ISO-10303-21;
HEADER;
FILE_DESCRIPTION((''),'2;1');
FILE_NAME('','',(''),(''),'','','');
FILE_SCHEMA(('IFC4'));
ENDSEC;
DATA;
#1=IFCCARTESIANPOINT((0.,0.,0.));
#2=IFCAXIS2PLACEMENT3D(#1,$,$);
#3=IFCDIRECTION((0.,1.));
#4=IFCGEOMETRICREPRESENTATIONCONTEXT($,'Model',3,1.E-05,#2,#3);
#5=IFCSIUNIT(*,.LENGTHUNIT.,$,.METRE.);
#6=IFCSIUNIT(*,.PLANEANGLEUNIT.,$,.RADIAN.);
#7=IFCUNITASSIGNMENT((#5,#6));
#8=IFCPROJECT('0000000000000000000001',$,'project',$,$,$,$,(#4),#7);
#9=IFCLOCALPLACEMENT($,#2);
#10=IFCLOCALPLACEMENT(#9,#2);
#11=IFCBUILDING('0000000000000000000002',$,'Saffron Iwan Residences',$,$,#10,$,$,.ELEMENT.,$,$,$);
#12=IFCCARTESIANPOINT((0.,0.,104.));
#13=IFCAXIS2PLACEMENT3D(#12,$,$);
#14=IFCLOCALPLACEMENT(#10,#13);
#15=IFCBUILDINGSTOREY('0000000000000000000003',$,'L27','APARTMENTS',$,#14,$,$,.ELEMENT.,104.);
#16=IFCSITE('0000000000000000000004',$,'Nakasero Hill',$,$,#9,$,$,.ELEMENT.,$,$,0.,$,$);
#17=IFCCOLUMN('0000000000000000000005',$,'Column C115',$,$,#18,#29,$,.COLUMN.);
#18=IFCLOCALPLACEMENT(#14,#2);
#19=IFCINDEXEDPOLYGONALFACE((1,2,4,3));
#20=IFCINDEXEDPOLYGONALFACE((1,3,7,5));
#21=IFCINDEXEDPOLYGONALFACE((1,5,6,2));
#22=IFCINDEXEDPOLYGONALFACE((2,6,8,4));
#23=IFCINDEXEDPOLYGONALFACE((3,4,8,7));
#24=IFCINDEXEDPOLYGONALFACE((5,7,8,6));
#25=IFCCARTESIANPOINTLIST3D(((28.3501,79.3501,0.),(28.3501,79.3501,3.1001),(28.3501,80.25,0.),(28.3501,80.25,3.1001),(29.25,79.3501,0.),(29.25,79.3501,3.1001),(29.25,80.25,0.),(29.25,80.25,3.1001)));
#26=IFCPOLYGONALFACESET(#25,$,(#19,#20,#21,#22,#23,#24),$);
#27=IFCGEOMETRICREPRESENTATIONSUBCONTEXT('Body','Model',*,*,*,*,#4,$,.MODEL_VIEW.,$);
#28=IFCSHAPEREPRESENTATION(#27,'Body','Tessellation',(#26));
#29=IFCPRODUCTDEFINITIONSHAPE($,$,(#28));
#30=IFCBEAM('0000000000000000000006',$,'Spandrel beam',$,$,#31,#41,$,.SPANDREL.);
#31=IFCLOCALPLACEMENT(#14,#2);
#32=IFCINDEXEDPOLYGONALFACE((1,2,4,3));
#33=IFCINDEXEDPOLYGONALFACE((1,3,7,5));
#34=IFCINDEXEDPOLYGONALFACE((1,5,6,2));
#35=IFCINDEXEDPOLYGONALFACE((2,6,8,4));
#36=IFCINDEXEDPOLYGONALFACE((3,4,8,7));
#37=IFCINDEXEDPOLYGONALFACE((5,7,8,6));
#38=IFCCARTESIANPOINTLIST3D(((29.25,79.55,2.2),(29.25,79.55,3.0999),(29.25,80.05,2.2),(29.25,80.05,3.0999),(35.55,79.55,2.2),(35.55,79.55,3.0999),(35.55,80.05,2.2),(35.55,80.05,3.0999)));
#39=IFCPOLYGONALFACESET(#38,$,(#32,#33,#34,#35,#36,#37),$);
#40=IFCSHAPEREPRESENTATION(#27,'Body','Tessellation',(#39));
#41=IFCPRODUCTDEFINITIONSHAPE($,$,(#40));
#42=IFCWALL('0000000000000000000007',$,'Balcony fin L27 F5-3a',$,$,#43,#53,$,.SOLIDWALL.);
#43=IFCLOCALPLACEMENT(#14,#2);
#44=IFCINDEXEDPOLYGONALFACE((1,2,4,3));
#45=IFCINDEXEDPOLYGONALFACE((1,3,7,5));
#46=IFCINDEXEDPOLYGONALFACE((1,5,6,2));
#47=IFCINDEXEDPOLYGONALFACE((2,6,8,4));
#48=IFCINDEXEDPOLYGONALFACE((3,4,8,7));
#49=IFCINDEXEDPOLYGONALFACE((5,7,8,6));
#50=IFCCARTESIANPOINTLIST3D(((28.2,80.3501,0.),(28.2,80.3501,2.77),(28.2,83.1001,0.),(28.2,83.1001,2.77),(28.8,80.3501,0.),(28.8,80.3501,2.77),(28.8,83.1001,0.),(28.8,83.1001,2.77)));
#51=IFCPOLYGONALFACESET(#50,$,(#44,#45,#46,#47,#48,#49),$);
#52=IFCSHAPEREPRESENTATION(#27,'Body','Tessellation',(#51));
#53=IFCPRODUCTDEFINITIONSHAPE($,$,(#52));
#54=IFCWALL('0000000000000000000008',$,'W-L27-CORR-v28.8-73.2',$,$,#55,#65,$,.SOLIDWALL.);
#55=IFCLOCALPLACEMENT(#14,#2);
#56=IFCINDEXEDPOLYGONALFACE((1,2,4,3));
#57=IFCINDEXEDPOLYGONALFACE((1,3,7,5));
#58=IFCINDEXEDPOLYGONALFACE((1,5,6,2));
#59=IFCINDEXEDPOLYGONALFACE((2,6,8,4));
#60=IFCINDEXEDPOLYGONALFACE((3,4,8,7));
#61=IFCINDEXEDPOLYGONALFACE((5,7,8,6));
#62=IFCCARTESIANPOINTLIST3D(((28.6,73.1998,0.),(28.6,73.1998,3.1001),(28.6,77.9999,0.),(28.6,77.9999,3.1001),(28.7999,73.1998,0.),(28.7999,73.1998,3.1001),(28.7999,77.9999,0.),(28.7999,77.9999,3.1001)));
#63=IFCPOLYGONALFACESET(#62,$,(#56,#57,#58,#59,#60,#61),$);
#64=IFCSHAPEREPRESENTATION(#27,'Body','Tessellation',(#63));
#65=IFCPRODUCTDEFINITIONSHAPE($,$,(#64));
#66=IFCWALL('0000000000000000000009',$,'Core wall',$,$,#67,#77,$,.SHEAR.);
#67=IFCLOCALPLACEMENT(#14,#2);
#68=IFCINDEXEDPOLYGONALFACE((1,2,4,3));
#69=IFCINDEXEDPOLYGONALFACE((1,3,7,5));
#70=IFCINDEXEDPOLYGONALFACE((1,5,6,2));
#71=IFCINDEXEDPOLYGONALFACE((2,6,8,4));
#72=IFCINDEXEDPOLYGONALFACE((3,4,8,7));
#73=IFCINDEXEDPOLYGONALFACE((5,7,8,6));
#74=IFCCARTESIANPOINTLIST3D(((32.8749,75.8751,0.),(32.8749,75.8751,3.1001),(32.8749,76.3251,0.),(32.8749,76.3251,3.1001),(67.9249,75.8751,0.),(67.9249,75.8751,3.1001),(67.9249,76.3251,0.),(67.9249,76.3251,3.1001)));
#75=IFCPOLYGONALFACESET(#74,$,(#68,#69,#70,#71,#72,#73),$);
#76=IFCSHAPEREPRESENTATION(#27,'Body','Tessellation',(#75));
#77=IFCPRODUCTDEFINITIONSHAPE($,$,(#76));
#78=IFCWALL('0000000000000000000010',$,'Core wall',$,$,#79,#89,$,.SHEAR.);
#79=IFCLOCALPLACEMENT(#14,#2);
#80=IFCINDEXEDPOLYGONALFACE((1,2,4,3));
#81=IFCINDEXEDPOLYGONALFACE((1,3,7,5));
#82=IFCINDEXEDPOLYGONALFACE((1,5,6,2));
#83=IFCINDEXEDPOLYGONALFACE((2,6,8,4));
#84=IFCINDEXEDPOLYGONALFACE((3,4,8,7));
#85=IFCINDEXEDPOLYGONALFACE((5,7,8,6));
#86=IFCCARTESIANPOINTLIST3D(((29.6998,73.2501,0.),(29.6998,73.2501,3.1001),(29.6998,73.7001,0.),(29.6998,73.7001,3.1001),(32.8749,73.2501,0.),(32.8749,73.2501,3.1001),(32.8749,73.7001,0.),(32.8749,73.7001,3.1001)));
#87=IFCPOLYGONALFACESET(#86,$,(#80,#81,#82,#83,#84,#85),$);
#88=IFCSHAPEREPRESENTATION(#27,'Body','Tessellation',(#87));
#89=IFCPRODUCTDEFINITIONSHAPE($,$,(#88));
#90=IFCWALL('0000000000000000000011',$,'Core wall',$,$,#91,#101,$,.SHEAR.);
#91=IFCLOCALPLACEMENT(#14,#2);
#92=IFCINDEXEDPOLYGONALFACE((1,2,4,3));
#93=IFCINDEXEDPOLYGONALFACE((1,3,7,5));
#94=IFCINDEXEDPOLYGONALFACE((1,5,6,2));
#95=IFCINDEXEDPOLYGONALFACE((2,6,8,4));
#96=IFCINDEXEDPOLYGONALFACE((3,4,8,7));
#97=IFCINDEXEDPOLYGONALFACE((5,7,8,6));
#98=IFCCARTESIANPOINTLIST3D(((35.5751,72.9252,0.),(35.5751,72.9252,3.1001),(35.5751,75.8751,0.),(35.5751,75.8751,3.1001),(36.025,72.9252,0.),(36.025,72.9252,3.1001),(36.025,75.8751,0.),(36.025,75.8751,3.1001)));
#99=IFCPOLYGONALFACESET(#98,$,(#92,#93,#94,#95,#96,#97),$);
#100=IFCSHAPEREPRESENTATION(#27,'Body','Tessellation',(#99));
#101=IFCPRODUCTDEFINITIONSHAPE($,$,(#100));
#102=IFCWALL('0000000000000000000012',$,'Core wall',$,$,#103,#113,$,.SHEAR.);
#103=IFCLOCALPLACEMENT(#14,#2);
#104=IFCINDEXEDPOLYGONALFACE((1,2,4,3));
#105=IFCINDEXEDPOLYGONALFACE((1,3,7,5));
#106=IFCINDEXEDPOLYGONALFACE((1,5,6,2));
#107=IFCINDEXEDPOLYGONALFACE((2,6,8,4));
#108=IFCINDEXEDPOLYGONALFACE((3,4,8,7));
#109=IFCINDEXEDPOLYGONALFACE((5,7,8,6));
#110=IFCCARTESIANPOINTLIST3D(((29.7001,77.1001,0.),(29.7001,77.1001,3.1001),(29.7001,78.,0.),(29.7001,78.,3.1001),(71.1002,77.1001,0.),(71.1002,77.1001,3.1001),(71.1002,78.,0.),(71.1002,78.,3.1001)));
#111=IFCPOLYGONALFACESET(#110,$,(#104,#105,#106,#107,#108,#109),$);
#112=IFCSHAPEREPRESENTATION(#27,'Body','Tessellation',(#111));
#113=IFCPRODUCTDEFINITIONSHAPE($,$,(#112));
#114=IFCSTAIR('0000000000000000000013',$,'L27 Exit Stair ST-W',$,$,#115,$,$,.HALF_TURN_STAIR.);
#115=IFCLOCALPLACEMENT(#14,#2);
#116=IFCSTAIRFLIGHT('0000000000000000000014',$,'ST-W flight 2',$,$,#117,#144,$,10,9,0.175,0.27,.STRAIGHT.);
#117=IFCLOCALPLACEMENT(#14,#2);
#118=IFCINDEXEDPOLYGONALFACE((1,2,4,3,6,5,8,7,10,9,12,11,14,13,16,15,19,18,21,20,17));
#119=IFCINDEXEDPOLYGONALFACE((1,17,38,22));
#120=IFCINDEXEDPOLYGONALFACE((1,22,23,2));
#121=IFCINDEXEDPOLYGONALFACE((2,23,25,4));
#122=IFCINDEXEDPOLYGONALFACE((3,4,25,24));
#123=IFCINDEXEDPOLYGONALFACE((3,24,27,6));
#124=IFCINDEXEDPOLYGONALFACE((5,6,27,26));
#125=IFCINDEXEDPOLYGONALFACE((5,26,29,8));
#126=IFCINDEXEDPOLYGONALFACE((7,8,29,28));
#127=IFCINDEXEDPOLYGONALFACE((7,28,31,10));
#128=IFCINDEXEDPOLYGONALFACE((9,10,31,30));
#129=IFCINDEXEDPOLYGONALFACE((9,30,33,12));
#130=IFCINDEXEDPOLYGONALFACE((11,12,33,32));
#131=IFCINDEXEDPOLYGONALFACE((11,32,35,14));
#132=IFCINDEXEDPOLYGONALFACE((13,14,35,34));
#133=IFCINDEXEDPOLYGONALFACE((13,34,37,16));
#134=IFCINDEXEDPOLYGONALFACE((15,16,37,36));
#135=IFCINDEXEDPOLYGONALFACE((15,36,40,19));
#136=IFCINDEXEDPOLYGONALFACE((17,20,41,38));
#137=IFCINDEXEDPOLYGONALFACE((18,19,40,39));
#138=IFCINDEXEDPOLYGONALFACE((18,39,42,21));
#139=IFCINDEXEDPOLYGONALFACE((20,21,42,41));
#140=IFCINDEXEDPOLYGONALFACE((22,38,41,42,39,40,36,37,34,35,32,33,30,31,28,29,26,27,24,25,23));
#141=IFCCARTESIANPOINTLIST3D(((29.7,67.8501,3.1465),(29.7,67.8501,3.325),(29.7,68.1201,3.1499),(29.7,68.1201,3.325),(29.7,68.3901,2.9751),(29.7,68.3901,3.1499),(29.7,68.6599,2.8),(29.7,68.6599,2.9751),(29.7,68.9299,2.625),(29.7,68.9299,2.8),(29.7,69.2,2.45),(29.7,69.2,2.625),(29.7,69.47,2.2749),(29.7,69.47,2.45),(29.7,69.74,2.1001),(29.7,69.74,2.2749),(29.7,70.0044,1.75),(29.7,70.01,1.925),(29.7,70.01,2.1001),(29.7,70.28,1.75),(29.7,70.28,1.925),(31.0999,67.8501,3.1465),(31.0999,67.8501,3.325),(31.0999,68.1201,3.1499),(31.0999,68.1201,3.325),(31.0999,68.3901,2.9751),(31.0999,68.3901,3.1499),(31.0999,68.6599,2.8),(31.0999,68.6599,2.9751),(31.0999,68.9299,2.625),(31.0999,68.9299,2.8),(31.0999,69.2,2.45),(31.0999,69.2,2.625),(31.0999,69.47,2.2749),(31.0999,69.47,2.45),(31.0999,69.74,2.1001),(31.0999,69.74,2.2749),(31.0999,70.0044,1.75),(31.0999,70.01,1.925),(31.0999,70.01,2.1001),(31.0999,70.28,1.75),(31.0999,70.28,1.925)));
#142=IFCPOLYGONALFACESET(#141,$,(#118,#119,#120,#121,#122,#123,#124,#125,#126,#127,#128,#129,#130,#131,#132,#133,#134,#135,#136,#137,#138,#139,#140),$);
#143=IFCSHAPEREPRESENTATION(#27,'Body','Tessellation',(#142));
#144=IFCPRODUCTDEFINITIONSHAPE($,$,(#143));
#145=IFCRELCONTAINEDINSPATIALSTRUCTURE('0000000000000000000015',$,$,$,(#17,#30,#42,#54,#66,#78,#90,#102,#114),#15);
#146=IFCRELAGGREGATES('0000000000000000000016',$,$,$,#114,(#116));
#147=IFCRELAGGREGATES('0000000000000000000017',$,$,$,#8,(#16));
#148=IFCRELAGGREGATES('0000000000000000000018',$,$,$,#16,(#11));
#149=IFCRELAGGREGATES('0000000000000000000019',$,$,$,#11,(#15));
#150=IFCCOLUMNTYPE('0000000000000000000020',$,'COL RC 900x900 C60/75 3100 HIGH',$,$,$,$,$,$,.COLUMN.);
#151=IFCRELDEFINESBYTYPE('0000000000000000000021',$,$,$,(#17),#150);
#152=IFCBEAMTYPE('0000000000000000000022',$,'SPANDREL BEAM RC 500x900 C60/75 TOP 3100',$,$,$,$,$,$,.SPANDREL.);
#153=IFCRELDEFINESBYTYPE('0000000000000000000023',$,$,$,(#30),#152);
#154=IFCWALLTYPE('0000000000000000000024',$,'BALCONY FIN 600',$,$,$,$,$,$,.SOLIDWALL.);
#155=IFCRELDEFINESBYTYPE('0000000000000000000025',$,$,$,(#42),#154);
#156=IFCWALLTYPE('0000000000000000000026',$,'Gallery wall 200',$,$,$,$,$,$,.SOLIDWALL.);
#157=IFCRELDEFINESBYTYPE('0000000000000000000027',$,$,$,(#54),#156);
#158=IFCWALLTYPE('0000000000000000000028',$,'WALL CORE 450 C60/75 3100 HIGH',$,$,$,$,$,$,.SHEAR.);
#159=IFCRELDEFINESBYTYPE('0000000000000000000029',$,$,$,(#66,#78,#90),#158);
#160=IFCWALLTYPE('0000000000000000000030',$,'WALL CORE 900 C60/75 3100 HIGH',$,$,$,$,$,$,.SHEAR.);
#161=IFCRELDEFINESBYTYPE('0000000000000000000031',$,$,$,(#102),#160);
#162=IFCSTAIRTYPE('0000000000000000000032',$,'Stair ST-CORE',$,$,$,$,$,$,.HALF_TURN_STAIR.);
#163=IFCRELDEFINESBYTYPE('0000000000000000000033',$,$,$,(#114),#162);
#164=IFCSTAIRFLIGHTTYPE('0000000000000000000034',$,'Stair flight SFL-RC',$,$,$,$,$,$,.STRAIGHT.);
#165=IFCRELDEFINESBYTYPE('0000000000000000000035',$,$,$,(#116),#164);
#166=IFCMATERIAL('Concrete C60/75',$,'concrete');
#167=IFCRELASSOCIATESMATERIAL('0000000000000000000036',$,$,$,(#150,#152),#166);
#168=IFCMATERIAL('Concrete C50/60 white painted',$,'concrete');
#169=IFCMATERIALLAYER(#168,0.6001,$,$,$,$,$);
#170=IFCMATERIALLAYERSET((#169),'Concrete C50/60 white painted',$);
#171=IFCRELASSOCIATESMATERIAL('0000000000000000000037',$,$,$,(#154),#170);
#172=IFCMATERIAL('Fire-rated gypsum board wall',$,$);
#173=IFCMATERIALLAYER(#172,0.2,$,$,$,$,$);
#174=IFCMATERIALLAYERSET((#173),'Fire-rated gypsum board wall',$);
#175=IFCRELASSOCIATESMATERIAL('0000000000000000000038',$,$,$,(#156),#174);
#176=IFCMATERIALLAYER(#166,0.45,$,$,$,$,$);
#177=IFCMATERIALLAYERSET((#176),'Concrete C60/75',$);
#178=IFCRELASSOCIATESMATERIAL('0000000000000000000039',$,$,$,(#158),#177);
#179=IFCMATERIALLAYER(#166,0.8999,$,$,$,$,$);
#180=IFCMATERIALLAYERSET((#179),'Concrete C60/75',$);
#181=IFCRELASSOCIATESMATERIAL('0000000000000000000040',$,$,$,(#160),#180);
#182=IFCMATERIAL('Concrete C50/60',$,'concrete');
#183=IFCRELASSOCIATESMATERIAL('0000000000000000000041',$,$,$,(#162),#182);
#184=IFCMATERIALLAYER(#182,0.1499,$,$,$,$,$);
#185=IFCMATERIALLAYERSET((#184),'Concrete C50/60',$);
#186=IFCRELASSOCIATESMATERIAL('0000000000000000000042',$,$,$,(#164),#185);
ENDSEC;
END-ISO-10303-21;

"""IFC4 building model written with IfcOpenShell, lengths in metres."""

from ifc_helpers import new_model, si_unit, direction, frame, frame_2d, origin, origin_2d, place, context, subcontext, project, spatial, polyline, rectangle, outline, extrude, source, transform, mapped, material, layer, layer_set, material_profile, profile_set, type_object, element, aggregate, save


model = new_model("IFC4")

# Units and contexts
model_context = context("Model", 3, precision=1e-05, world=origin(), true_north=direction((0.0, 1.0)))
body_context = subcontext(model_context, "Body", "Model", "MODEL_VIEW")
ifc_project = project(units=[si_unit("LENGTHUNIT", "METRE"), si_unit("PLANEANGLEUNIT", "RADIAN")], contexts=[model_context])

# Site, building, storey
site_placement = place(None, origin())
site = spatial("IfcSite", under=ifc_project, at=site_placement, Name="Nakasero Hill", CompositionType="ELEMENT", RefElevation=0.0)
building_placement = place(site_placement, origin())
building = spatial("IfcBuilding", under=site, at=building_placement, Name="Saffron Iwan Residences", CompositionType="ELEMENT")
storey_placement = place(building_placement, frame((0.0, 0.0, 104.0)))
storey = spatial("IfcBuildingStorey", under=building, at=storey_placement, Name="L27", Description="APARTMENTS", CompositionType="ELEMENT", Elevation=104.0)

# Column
ifc_material_1 = material(Name="Concrete C60/75", Category="concrete")
ifc_material_profile_1 = material_profile(ifc_material_1, rectangle(XDim=0.8999, YDim=0.8999, at=origin_2d()), Name="RC 900x900")
ifc_profile_set_1 = profile_set([ifc_material_profile_1], Name="Concrete C60/75")
column_type = type_object("IfcColumnType", Name="COL RC 900x900 C60/75 3100 HIGH", PredefinedType="COLUMN", material=ifc_profile_set_1)
shared_shape_1 = source(origin(), body_context, "Body", "SweptSolid", [
    extrude(rectangle(XDim=0.8999, YDim=0.8999, at=origin_2d()), origin(), (0.0, 0.0, 1.0), 3.1001),
])
column_placement = place(storey_placement, frame((28.8, 79.8, 0.0), z_axis=(0.0, 0.0, 1.0), x_axis=(1.0, 0.0, 0.0)))
element("IfcColumn", 1, at=column_placement, inside=storey, type_object=column_type, Name="Column C115", PredefinedType="COLUMN", context=body_context, shape_type="MappedRepresentation", body=[
    mapped(shared_shape_1, transform((0.0, 0.0, 0.0))),
])

# Beam
ifc_material_profile_2 = material_profile(ifc_material_1, rectangle(XDim=0.5, YDim=0.8999, at=origin_2d()), Name="RC 500x900")
ifc_profile_set_2 = profile_set([ifc_material_profile_2], Name="Concrete C60/75")
beam_type = type_object("IfcBeamType", Name="SPANDREL BEAM RC 500x900 C60/75 TOP 3100", PredefinedType="SPANDREL", material=ifc_profile_set_2)
shared_shape_2 = source(origin(), body_context, "Body", "SweptSolid", [
    extrude(rectangle(XDim=0.5, YDim=0.8999, at=origin_2d()), origin(), (0.0, 0.0, 1.0), 6.3),
])
beam_placement = place(storey_placement, frame((29.25, 79.8, 2.6499), z_axis=(1.0, 0.0, 0.0), x_axis=(0.0, 1.0, 0.0)))
element("IfcBeam", 2, at=beam_placement, inside=storey, type_object=beam_type, Name="Spandrel beam", PredefinedType="SPANDREL", context=body_context, shape_type="MappedRepresentation", body=[
    mapped(shared_shape_2, transform((0.0, 0.0, 0.0))),
])

# Walls
ifc_material_2 = material(Name="Concrete C50/60 white painted", Category="concrete")
ifc_layer_1 = layer(ifc_material_2, 0.6001)
ifc_layer_set_1 = layer_set([ifc_layer_1], Name="Concrete C50/60 white painted")
wall_type_1 = type_object("IfcWallType", Name="BALCONY FIN 600", PredefinedType="SOLIDWALL", material=ifc_layer_set_1)
wall_1_placement = place(storey_placement, frame((28.5, 80.3501, 0.0), z_axis=(0.0, 0.0, 1.0), x_axis=(0.0, 1.0, 0.0)))
element("IfcWall", 3, at=wall_1_placement, inside=storey, type_object=wall_type_1, Name="Balcony fin L27 F5-3a", PredefinedType="SOLIDWALL", context=body_context, shape_type="SweptSolid", body=[
    extrude(rectangle(XDim=2.75, YDim=0.6001, at=frame_2d((1.375, 0.0))), origin(), (0.0, 0.0, 1.0), 2.77),
])
ifc_material_3 = material(Name="Fire-rated gypsum board wall")
ifc_layer_2 = layer(ifc_material_3, 0.2)
ifc_layer_set_2 = layer_set([ifc_layer_2], Name="Fire-rated gypsum board wall")
wall_type_2 = type_object("IfcWallType", Name="Gallery wall 200", PredefinedType="SOLIDWALL", material=ifc_layer_set_2)
wall_2_placement = place(storey_placement, frame((28.7, 73.2, 0.0), z_axis=(0.0, 0.0, 1.0), x_axis=(0.0, 1.0, 0.0)))
element("IfcWall", 4, at=wall_2_placement, inside=storey, type_object=wall_type_2, Name="W-L27-CORR-v28.8-73.2", PredefinedType="SOLIDWALL", context=body_context, shape_type="SweptSolid", body=[
    extrude(rectangle(XDim=4.8, YDim=0.2, at=frame_2d((2.3999, 0.0))), origin(), (0.0, 0.0, 1.0), 3.1001),
])

# Shared definitions
ifc_layer_3 = layer(ifc_material_1, 0.45)
ifc_layer_set_3 = layer_set([ifc_layer_3], Name="Concrete C60/75")
wall_type_3 = type_object("IfcWallType", Name="WALL CORE 450 C60/75 3100 HIGH", PredefinedType="SHEAR", material=ifc_layer_set_3)

# Walls
wall_3_placement = place(storey_placement, frame((32.875, 76.1001, 0.0), z_axis=(0.0, 0.0, 1.0), x_axis=(1.0, 0.0, 0.0)))
element("IfcWall", 5, at=wall_3_placement, inside=storey, type_object=wall_type_3, Name="Core wall", PredefinedType="SHEAR", context=body_context, shape_type="SweptSolid", body=[
    extrude(rectangle(XDim=35.05, YDim=0.45, at=frame_2d((17.5249, 0.0))), origin(), (0.0, 0.0, 1.0), 3.1001),
])
wall_4_placement = place(storey_placement, frame((29.7, 73.4751, 0.0), z_axis=(0.0, 0.0, 1.0), x_axis=(1.0, 0.0, 0.0)))
element("IfcWall", 6, at=wall_4_placement, inside=storey, type_object=wall_type_3, Name="Core wall", PredefinedType="SHEAR", context=body_context, shape_type="SweptSolid", body=[
    extrude(rectangle(XDim=3.175, YDim=0.45, at=frame_2d((1.5874, 0.0))), origin(), (0.0, 0.0, 1.0), 3.1001),
])
wall_5_placement = place(storey_placement, frame((35.8, 72.925, 0.0), z_axis=(0.0, 0.0, 1.0), x_axis=(0.0, 1.0, 0.0)))
element("IfcWall", 7, at=wall_5_placement, inside=storey, type_object=wall_type_3, Name="Core wall", PredefinedType="SHEAR", context=body_context, shape_type="SweptSolid", body=[
    extrude(rectangle(XDim=2.95, YDim=0.45, at=frame_2d((1.4751, 0.0))), origin(), (0.0, 0.0, 1.0), 3.1001),
])
ifc_layer_4 = layer(ifc_material_1, 0.8999)
ifc_layer_set_4 = layer_set([ifc_layer_4], Name="Concrete C60/75")
wall_type_4 = type_object("IfcWallType", Name="WALL CORE 900 C60/75 3100 HIGH", PredefinedType="SHEAR", material=ifc_layer_set_4)
wall_6_placement = place(storey_placement, frame((29.7, 77.55, 0.0), z_axis=(0.0, 0.0, 1.0), x_axis=(1.0, 0.0, 0.0)))
element("IfcWall", 8, at=wall_6_placement, inside=storey, type_object=wall_type_4, Name="Core wall", PredefinedType="SHEAR", context=body_context, shape_type="SweptSolid", body=[
    extrude(rectangle(XDim=41.4001, YDim=0.8999, at=frame_2d((20.7002, 0.0))), origin(), (0.0, 0.0, 1.0), 3.1001),
])

# Stair, stair flight
ifc_material_4 = material(Name="Concrete C50/60", Category="concrete")
stair_type = type_object("IfcStairType", Name="Stair ST-CORE", PredefinedType="HALF_TURN_STAIR", material=ifc_material_4)
stair_placement = place(storey_placement, origin())
stair = element("IfcStair", 9, at=stair_placement, inside=storey, type_object=stair_type, Name="L27 Exit Stair ST-W", PredefinedType="HALF_TURN_STAIR")
ifc_layer_5 = layer(ifc_material_4, 0.1499)
ifc_layer_set_5 = layer_set([ifc_layer_5], Name="Concrete C50/60")
stair_flight_type = type_object("IfcStairFlightType", Name="Stair flight SFL-RC", PredefinedType="STRAIGHT", material=ifc_layer_set_5)
stair_flight_placement = place(storey_placement, frame((30.3999, 70.28, 1.75), z_axis=(0.0, 0.0, 1.0), x_axis=(0.0, -1.0, 0.0)))
stair_flight = element("IfcStairFlight", 10, at=stair_flight_placement, type_object=stair_flight_type, Name="ST-W flight 2", NumberOfRisers=10, NumberOfTreads=9, PredefinedType="STRAIGHT", RiserHeight=0.175, TreadLength=0.27, context=body_context, shape_type="SweptSolid", body=[
    extrude(outline(polyline([(0.0, 0.0), (0.0, 0.175), (0.27, 0.175), (0.27, 0.3501), (0.54, 0.3501), (0.54, 0.5249), (0.8101, 0.5249), (0.8101, 0.7), (1.0801, 0.7), (1.0801, 0.875), (1.3501, 0.875), (1.3501, 1.05), (1.6201, 1.05), (1.6201, 1.2251), (1.8899, 1.2251), (1.8899, 1.3999), (2.1599, 1.3999), (2.1599, 1.575), (2.4299, 1.575), (2.4299, 1.75), (2.4299, 1.3965), (0.2756, 0.0), (0.0, 0.0)])), frame((0.0, 0.7, 0.0), z_axis=(0.0, -1.0, 0.0), x_axis=(1.0, 0.0, 0.0)), (0.0, 0.0, 1.0), 1.3999),
])
aggregate(stair, [stair_flight])

save(model, "model.ifc")
